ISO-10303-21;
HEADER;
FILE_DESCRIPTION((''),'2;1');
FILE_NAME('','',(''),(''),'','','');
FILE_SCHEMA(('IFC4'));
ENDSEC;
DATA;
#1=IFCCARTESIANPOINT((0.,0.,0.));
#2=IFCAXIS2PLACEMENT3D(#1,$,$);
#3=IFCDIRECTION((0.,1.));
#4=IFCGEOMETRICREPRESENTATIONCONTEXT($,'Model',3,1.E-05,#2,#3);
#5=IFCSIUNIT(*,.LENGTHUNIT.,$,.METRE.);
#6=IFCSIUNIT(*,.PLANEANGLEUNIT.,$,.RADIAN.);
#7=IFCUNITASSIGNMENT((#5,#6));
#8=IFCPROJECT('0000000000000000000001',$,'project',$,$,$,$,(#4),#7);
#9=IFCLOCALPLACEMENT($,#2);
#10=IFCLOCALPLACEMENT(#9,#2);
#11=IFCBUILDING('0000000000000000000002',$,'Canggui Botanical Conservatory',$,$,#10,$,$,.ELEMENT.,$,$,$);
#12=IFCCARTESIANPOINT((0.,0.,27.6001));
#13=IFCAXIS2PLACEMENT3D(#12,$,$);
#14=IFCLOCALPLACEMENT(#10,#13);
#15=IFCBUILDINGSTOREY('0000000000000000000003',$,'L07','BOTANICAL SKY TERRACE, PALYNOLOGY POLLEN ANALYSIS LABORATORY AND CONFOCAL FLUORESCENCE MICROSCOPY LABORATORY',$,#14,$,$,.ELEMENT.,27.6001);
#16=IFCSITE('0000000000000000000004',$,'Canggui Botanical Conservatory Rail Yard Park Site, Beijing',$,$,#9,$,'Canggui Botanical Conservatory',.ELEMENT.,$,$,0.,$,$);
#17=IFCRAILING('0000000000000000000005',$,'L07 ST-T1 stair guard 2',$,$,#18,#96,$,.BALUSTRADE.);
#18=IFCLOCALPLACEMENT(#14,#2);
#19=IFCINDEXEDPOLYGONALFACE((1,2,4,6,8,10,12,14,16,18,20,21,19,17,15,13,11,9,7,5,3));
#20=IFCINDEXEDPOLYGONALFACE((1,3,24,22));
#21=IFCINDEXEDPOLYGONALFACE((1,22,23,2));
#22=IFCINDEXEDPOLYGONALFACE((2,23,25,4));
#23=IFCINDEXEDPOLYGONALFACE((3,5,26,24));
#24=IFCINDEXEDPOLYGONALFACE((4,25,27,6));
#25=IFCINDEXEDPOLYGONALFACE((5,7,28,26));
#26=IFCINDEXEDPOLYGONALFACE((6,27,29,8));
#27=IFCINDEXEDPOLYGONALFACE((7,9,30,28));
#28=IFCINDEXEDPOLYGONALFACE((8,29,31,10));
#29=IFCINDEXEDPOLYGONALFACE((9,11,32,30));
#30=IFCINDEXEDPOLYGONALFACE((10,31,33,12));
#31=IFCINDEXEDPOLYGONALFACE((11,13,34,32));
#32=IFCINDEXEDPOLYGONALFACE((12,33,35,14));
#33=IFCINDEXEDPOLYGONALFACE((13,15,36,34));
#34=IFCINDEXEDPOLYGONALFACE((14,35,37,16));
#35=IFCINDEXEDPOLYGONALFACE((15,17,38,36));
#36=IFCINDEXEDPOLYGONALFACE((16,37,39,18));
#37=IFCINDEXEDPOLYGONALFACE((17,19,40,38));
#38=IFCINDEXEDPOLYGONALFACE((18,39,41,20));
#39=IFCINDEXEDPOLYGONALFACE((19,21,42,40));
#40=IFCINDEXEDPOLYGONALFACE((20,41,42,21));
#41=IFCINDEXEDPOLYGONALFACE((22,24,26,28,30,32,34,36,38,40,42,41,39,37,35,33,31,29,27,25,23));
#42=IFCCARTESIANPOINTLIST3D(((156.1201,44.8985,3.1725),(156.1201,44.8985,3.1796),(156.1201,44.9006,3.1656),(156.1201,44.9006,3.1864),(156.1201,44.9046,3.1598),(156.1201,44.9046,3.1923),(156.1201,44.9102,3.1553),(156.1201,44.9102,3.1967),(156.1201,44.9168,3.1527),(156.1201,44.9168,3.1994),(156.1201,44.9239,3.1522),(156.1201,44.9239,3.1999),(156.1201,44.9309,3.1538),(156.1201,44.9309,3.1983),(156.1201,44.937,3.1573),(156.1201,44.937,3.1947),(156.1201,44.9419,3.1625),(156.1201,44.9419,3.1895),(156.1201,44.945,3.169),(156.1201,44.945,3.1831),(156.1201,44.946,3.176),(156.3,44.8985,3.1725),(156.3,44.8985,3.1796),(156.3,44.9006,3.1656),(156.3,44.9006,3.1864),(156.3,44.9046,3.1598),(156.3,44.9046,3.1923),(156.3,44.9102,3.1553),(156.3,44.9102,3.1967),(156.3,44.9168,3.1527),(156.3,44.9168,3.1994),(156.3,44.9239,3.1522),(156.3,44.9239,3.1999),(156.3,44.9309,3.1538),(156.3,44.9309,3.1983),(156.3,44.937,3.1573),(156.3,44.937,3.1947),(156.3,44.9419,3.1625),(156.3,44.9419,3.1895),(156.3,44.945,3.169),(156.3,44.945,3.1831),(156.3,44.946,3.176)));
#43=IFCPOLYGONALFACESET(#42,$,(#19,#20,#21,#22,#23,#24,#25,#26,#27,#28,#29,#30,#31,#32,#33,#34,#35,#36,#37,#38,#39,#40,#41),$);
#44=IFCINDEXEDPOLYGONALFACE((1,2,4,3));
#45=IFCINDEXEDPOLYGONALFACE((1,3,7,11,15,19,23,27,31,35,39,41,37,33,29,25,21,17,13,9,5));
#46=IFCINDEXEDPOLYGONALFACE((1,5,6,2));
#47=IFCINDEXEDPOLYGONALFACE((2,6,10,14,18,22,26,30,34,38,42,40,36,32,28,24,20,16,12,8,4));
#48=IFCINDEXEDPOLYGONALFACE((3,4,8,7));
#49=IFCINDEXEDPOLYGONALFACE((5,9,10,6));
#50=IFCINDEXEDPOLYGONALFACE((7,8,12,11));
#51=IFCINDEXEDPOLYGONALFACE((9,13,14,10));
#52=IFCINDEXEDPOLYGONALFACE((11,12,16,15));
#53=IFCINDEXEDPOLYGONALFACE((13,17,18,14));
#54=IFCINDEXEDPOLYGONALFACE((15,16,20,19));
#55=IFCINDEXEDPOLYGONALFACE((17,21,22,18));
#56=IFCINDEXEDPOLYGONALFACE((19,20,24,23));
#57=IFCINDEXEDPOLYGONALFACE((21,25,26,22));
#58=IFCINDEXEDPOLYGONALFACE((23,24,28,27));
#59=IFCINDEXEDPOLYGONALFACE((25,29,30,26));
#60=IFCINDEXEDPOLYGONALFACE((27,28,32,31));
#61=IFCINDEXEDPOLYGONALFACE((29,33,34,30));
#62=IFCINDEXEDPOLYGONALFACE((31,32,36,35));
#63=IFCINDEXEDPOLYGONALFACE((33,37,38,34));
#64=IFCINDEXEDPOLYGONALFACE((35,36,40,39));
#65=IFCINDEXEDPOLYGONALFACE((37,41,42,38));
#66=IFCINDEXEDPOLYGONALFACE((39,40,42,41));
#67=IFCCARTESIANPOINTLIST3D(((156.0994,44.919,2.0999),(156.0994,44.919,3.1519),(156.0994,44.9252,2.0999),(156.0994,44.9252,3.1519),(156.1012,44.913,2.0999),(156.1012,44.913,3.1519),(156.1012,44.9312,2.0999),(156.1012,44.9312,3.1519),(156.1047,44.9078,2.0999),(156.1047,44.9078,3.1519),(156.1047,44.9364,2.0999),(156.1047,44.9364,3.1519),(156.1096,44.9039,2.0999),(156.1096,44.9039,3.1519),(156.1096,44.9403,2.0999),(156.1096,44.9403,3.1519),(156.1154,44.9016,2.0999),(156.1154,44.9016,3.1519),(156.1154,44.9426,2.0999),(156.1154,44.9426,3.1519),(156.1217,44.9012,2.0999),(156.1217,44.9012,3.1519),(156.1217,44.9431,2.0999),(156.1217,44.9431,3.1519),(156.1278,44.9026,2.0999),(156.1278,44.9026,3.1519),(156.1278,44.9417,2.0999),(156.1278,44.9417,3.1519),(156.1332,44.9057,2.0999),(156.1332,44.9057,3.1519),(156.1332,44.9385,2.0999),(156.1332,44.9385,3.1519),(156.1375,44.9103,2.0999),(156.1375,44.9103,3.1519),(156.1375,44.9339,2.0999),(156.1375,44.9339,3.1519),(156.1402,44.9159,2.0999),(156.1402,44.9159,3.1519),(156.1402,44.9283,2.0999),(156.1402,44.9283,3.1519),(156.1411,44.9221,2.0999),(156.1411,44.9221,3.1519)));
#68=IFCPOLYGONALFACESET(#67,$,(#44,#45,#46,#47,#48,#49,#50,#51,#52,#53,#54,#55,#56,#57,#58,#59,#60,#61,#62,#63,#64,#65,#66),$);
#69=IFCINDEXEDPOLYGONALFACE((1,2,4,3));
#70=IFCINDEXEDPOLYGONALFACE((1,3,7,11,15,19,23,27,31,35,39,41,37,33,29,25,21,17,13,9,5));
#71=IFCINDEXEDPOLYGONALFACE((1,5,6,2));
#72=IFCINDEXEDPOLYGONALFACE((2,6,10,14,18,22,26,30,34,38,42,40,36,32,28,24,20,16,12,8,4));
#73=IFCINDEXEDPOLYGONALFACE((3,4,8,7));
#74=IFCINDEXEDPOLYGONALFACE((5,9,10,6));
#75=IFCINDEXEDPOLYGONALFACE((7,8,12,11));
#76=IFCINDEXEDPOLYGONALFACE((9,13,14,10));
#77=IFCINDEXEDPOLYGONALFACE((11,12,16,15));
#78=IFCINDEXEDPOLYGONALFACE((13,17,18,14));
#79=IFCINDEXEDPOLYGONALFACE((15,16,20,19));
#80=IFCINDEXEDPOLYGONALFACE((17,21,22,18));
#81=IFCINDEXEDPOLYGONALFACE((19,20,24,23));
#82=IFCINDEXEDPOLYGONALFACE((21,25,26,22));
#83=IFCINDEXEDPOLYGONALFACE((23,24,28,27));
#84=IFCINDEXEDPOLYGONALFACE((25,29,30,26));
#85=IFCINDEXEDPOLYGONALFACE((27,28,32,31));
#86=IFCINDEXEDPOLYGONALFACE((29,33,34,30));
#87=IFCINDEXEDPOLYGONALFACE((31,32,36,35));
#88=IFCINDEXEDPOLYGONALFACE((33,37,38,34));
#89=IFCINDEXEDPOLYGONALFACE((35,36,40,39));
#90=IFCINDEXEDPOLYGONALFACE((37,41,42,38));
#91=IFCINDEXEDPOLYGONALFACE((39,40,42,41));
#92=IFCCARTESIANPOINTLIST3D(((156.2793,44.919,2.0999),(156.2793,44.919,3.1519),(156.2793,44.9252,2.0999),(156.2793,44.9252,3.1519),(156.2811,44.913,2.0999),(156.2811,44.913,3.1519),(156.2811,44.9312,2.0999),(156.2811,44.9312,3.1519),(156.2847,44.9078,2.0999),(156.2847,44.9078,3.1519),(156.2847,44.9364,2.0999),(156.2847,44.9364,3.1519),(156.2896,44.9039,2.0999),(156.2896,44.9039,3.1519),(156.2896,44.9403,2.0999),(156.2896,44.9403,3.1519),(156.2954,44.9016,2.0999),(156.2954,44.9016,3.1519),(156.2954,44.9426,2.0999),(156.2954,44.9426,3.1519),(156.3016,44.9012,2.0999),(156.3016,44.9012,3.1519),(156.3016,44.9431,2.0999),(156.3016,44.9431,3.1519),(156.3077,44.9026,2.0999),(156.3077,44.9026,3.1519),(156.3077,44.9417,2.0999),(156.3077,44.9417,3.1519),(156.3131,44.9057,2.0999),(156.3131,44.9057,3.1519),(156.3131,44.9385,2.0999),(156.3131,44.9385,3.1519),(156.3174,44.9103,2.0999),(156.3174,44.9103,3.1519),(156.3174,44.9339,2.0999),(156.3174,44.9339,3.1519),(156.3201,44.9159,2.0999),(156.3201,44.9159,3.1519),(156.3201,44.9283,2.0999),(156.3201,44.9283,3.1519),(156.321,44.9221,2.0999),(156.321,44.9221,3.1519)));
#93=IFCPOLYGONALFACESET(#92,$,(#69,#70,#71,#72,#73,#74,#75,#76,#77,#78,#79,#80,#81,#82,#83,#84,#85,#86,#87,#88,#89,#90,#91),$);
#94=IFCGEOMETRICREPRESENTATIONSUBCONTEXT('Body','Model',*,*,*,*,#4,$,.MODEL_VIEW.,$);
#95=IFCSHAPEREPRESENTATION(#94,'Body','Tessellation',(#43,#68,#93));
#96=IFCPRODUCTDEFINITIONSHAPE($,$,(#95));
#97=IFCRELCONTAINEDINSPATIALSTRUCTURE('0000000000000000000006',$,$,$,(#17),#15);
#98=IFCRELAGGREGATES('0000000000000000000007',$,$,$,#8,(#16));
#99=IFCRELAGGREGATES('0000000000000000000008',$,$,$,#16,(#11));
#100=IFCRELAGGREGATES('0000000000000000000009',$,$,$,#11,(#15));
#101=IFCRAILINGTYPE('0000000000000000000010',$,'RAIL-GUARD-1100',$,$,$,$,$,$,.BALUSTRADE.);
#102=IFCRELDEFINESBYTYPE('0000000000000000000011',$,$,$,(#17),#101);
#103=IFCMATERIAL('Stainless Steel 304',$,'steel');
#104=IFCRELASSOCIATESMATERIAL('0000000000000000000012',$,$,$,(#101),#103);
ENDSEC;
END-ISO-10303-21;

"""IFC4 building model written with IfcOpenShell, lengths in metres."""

from ifc_helpers import new_model, si_unit, direction, frame, origin, origin_2d, place, context, subcontext, project, spatial, circle, extrude, material, type_object, element, save


model = new_model("IFC4")

# Units and contexts
model_context = context("Model", 3, precision=1e-05, world=origin(), true_north=direction((0.0, 1.0)))
body_context = subcontext(model_context, "Body", "Model", "MODEL_VIEW")
ifc_project = project(units=[si_unit("LENGTHUNIT", "METRE"), si_unit("PLANEANGLEUNIT", "RADIAN")], contexts=[model_context])

# Site, building, storey
site_placement = place(None, origin())
site = spatial("IfcSite", under=ifc_project, at=site_placement, Name="Canggui Botanical Conservatory Rail Yard Park Site, Beijing", LongName="Canggui Botanical Conservatory", CompositionType="ELEMENT", RefElevation=0.0)
building_placement = place(site_placement, origin())
building = spatial("IfcBuilding", under=site, at=building_placement, Name="Canggui Botanical Conservatory", CompositionType="ELEMENT")
storey_placement = place(building_placement, frame((0.0, 0.0, 27.6001)))
storey = spatial("IfcBuildingStorey", under=building, at=storey_placement, Name="L07", Description="BOTANICAL SKY TERRACE, PALYNOLOGY POLLEN ANALYSIS LABORATORY AND CONFOCAL FLUORESCENCE MICROSCOPY LABORATORY", CompositionType="ELEMENT", Elevation=27.6001)

# Shared definitions
ifc_material_1 = material(Name="Stainless Steel 304", Category="steel")

# Railing
railing_type_1 = type_object("IfcRailingType", Name="RAIL-GUARD-1100", PredefinedType="BALUSTRADE", material=ifc_material_1)
railing_1_placement = place(storey_placement, frame((156.1201, 44.9221, 2.0999)))
element("IfcRailing", 1, at=railing_1_placement, inside=storey, type_object=railing_type_1, Name="L07 ST-T1 stair guard 2", PredefinedType="BALUSTRADE", context=body_context, shape_type="SweptSolid", body=[
    extrude(circle(Radius=0.0239, at=origin_2d()), frame((0.0, 0.0, 1.0762), z_axis=(1.0, 0.0, 0.0), x_axis=(0.0, 1.0, 0.0)), (0.0, 0.0, 1.0), 0.1799),
    extrude(circle(Radius=0.021, at=origin_2d()), origin(), (0.0, 0.0, 1.0), 1.052),
    extrude(circle(Radius=0.021, at=origin_2d()), frame((0.1799, 0.0, 0.0)), (0.0, 0.0, 1.0), 1.052),
])

save(model, "model.ifc")
